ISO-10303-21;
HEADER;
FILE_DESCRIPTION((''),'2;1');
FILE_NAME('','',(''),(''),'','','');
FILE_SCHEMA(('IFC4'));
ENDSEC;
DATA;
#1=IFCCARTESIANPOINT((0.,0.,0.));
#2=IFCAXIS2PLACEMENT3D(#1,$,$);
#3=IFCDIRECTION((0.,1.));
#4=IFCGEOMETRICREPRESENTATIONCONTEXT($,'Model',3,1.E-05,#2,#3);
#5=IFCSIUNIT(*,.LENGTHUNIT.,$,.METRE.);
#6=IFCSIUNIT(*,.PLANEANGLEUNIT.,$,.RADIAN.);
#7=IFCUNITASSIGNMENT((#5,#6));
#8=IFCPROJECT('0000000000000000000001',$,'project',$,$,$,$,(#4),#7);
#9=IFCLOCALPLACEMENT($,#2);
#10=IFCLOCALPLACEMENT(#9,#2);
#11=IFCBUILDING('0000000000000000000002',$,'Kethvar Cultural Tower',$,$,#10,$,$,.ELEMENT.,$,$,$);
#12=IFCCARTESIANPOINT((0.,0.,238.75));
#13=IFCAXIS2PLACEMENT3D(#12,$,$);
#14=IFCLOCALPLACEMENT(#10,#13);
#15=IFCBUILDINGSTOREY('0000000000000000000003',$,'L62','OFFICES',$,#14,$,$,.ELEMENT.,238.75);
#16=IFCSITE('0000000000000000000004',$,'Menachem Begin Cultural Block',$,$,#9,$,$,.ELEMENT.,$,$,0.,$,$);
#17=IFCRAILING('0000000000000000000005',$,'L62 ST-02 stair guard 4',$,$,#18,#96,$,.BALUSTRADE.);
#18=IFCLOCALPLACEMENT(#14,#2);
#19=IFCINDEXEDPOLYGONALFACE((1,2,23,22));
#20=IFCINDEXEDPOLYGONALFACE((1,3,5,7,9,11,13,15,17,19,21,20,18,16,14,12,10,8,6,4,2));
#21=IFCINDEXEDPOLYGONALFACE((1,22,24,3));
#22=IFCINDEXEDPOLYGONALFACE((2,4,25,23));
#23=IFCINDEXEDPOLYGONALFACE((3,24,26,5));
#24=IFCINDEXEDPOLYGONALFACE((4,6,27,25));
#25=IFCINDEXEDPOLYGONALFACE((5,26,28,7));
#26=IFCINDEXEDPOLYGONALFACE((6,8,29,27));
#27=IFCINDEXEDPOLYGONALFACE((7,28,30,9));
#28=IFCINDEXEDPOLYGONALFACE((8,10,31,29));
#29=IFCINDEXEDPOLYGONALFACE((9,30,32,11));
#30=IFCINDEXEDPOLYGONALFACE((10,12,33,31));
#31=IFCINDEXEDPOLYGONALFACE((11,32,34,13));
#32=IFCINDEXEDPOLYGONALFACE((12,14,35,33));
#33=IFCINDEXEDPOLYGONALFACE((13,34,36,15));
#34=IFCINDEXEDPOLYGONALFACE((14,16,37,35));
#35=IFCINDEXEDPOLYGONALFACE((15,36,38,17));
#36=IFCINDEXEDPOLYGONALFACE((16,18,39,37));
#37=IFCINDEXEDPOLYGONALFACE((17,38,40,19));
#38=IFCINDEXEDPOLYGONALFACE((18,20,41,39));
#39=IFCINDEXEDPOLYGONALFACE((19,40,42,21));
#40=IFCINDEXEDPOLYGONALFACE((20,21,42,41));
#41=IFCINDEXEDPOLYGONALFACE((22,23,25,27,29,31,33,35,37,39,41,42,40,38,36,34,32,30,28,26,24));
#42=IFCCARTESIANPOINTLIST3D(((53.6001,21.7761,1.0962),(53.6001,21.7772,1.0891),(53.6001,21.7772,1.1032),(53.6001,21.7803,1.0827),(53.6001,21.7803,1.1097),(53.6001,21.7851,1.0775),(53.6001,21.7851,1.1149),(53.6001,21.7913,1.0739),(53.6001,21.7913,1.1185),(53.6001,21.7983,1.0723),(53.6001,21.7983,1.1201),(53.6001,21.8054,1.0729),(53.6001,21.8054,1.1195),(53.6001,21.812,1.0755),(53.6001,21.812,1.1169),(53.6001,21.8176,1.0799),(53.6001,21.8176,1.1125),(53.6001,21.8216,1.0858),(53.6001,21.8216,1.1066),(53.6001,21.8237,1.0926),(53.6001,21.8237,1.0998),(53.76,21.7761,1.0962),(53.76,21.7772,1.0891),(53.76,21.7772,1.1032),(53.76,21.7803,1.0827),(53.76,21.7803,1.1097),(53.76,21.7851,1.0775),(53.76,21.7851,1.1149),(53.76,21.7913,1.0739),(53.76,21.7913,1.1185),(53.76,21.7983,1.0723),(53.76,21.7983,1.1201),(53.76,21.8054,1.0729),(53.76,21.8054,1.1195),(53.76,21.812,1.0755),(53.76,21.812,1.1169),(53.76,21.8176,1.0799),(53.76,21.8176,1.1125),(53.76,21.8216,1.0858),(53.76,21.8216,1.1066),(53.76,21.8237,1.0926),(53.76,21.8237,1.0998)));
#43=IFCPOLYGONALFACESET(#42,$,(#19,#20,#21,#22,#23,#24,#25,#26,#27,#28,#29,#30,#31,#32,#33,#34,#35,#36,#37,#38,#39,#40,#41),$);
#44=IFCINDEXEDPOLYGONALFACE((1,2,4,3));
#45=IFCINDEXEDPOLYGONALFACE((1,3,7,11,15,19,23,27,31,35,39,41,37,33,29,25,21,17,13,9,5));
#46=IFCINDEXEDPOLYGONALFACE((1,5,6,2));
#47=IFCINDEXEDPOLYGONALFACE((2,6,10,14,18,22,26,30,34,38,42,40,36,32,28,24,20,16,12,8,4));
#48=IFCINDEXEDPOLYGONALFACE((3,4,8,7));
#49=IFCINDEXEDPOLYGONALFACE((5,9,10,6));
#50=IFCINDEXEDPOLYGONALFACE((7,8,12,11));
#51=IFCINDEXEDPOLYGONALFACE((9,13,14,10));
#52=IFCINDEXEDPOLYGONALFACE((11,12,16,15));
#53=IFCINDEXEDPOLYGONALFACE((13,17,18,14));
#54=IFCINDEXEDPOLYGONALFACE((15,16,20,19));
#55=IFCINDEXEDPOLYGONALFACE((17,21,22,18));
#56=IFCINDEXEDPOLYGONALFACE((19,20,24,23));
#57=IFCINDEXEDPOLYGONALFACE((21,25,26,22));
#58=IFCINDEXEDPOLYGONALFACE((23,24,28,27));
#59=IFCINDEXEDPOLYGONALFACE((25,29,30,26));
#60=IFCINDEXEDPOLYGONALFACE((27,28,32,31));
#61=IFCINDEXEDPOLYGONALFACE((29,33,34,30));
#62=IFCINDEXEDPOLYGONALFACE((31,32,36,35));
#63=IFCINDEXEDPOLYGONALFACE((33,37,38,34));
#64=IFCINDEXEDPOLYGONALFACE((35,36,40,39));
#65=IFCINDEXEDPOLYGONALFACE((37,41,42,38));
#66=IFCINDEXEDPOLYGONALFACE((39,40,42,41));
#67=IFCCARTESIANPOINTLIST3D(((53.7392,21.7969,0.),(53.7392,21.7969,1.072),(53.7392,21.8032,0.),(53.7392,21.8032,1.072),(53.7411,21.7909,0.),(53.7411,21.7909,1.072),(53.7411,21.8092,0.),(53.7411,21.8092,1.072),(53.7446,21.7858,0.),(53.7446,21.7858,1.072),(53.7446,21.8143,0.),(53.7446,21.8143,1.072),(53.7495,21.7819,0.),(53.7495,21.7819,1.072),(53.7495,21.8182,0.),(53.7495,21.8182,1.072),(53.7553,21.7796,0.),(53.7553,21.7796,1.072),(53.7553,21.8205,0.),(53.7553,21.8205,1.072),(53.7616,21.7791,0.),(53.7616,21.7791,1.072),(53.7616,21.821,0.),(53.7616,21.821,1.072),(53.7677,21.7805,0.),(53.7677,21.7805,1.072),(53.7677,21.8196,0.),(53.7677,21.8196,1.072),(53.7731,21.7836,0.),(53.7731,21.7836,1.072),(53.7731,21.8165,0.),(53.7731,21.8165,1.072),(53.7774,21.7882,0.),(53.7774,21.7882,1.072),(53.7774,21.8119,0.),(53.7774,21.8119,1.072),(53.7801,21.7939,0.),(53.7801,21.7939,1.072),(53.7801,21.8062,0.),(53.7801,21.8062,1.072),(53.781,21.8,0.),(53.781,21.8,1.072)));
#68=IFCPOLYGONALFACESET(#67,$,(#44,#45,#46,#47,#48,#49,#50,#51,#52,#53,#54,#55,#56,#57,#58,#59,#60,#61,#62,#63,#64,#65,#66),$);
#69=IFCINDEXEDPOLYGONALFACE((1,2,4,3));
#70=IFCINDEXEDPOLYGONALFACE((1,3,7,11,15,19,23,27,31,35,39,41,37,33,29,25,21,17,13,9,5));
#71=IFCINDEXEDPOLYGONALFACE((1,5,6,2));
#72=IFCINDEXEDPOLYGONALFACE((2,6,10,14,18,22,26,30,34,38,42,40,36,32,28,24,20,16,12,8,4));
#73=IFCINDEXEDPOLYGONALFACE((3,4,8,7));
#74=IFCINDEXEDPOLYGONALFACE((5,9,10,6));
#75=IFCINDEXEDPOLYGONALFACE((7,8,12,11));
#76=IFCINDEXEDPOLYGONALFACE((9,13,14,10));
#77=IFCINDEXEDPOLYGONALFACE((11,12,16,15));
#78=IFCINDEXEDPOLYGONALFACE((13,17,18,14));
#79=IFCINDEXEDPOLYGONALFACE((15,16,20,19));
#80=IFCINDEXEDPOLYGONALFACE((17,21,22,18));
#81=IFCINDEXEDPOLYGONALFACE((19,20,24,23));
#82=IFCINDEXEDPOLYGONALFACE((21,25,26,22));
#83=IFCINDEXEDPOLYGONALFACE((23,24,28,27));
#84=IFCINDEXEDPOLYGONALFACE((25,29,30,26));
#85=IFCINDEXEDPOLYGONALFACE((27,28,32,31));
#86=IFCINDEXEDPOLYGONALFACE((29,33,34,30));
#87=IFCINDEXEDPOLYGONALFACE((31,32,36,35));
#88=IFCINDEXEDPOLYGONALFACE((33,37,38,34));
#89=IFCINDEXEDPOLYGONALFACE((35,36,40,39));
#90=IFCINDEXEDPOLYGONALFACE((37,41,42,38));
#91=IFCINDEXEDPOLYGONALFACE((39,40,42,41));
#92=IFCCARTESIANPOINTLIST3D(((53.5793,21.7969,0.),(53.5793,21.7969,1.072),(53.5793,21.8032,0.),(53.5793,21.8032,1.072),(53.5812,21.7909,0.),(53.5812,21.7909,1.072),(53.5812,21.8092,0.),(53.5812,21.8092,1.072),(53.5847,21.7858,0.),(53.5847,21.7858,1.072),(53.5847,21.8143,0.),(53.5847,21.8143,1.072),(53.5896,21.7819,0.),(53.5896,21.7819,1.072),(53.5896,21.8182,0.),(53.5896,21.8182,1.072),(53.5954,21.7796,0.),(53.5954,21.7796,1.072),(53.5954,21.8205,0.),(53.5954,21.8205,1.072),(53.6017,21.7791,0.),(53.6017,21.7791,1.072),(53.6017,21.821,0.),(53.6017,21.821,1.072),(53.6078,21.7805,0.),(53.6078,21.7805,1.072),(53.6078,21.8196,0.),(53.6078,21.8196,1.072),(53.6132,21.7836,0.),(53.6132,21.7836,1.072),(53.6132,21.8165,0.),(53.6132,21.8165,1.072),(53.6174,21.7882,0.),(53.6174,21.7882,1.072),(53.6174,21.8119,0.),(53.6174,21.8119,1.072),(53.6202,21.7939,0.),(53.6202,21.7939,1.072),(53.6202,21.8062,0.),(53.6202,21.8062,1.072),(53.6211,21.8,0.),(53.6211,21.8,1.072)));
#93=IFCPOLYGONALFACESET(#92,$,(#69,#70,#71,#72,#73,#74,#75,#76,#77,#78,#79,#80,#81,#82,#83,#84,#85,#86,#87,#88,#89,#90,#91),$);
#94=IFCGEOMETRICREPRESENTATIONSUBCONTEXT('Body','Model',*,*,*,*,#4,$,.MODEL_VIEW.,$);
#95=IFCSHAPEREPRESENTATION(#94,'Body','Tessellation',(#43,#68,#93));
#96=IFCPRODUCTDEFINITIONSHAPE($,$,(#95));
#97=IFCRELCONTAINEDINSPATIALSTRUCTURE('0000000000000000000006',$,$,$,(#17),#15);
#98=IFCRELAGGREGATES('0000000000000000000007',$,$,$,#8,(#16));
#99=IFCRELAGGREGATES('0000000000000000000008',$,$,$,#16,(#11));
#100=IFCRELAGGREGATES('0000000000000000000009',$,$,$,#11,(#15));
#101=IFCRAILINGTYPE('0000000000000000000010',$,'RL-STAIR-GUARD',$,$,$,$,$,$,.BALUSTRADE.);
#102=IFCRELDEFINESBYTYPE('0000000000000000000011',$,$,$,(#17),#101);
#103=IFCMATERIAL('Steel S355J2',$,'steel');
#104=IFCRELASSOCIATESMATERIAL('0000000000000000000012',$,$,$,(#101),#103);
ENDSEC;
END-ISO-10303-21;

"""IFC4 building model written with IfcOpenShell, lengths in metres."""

from ifc_helpers import new_model, si_unit, direction, frame, origin, origin_2d, place, context, subcontext, project, spatial, circle, extrude, material, type_object, element, save


model = new_model("IFC4")

# Units and contexts
model_context = context("Model", 3, precision=1e-05, world=origin(), true_north=direction((0.0, 1.0)))
body_context = subcontext(model_context, "Body", "Model", "MODEL_VIEW")
ifc_project = project(units=[si_unit("LENGTHUNIT", "METRE"), si_unit("PLANEANGLEUNIT", "RADIAN")], contexts=[model_context])

# Site, building, storey
site_placement = place(None, origin())
site = spatial("IfcSite", under=ifc_project, at=site_placement, Name="Menachem Begin Cultural Block", CompositionType="ELEMENT", RefElevation=0.0)
building_placement = place(site_placement, origin())
building = spatial("IfcBuilding", under=site, at=building_placement, Name="Kethvar Cultural Tower", CompositionType="ELEMENT")
storey_placement = place(building_placement, frame((0.0, 0.0, 238.75)))
storey = spatial("IfcBuildingStorey", under=building, at=storey_placement, Name="L62", Description="OFFICES", CompositionType="ELEMENT", Elevation=238.75)

# Shared definitions
ifc_material_1 = material(Name="Steel S355J2", Category="steel")

# Railing
railing_type_1 = type_object("IfcRailingType", Name="RL-STAIR-GUARD", PredefinedType="BALUSTRADE", material=ifc_material_1)
railing_1_placement = place(storey_placement, frame((53.76, 21.8, 0.0)))
element("IfcRailing", 1, at=railing_1_placement, inside=storey, type_object=railing_type_1, Name="L62 ST-02 stair guard 4", PredefinedType="BALUSTRADE", context=body_context, shape_type="SweptSolid", body=[
    extrude(circle(Radius=0.0239, at=origin_2d()), frame((0.0, 0.0, 1.0962), z_axis=(-1.0, 0.0, 0.0), x_axis=(0.0, -1.0, 0.0)), (0.0, 0.0, 1.0), 0.1599),
    extrude(circle(Radius=0.021, at=origin_2d()), origin(), (0.0, 0.0, 1.0), 1.072),
    extrude(circle(Radius=0.021, at=origin_2d()), frame((-0.1599, 0.0, 0.0)), (0.0, 0.0, 1.0), 1.072),
])

save(model, "model.ifc")
